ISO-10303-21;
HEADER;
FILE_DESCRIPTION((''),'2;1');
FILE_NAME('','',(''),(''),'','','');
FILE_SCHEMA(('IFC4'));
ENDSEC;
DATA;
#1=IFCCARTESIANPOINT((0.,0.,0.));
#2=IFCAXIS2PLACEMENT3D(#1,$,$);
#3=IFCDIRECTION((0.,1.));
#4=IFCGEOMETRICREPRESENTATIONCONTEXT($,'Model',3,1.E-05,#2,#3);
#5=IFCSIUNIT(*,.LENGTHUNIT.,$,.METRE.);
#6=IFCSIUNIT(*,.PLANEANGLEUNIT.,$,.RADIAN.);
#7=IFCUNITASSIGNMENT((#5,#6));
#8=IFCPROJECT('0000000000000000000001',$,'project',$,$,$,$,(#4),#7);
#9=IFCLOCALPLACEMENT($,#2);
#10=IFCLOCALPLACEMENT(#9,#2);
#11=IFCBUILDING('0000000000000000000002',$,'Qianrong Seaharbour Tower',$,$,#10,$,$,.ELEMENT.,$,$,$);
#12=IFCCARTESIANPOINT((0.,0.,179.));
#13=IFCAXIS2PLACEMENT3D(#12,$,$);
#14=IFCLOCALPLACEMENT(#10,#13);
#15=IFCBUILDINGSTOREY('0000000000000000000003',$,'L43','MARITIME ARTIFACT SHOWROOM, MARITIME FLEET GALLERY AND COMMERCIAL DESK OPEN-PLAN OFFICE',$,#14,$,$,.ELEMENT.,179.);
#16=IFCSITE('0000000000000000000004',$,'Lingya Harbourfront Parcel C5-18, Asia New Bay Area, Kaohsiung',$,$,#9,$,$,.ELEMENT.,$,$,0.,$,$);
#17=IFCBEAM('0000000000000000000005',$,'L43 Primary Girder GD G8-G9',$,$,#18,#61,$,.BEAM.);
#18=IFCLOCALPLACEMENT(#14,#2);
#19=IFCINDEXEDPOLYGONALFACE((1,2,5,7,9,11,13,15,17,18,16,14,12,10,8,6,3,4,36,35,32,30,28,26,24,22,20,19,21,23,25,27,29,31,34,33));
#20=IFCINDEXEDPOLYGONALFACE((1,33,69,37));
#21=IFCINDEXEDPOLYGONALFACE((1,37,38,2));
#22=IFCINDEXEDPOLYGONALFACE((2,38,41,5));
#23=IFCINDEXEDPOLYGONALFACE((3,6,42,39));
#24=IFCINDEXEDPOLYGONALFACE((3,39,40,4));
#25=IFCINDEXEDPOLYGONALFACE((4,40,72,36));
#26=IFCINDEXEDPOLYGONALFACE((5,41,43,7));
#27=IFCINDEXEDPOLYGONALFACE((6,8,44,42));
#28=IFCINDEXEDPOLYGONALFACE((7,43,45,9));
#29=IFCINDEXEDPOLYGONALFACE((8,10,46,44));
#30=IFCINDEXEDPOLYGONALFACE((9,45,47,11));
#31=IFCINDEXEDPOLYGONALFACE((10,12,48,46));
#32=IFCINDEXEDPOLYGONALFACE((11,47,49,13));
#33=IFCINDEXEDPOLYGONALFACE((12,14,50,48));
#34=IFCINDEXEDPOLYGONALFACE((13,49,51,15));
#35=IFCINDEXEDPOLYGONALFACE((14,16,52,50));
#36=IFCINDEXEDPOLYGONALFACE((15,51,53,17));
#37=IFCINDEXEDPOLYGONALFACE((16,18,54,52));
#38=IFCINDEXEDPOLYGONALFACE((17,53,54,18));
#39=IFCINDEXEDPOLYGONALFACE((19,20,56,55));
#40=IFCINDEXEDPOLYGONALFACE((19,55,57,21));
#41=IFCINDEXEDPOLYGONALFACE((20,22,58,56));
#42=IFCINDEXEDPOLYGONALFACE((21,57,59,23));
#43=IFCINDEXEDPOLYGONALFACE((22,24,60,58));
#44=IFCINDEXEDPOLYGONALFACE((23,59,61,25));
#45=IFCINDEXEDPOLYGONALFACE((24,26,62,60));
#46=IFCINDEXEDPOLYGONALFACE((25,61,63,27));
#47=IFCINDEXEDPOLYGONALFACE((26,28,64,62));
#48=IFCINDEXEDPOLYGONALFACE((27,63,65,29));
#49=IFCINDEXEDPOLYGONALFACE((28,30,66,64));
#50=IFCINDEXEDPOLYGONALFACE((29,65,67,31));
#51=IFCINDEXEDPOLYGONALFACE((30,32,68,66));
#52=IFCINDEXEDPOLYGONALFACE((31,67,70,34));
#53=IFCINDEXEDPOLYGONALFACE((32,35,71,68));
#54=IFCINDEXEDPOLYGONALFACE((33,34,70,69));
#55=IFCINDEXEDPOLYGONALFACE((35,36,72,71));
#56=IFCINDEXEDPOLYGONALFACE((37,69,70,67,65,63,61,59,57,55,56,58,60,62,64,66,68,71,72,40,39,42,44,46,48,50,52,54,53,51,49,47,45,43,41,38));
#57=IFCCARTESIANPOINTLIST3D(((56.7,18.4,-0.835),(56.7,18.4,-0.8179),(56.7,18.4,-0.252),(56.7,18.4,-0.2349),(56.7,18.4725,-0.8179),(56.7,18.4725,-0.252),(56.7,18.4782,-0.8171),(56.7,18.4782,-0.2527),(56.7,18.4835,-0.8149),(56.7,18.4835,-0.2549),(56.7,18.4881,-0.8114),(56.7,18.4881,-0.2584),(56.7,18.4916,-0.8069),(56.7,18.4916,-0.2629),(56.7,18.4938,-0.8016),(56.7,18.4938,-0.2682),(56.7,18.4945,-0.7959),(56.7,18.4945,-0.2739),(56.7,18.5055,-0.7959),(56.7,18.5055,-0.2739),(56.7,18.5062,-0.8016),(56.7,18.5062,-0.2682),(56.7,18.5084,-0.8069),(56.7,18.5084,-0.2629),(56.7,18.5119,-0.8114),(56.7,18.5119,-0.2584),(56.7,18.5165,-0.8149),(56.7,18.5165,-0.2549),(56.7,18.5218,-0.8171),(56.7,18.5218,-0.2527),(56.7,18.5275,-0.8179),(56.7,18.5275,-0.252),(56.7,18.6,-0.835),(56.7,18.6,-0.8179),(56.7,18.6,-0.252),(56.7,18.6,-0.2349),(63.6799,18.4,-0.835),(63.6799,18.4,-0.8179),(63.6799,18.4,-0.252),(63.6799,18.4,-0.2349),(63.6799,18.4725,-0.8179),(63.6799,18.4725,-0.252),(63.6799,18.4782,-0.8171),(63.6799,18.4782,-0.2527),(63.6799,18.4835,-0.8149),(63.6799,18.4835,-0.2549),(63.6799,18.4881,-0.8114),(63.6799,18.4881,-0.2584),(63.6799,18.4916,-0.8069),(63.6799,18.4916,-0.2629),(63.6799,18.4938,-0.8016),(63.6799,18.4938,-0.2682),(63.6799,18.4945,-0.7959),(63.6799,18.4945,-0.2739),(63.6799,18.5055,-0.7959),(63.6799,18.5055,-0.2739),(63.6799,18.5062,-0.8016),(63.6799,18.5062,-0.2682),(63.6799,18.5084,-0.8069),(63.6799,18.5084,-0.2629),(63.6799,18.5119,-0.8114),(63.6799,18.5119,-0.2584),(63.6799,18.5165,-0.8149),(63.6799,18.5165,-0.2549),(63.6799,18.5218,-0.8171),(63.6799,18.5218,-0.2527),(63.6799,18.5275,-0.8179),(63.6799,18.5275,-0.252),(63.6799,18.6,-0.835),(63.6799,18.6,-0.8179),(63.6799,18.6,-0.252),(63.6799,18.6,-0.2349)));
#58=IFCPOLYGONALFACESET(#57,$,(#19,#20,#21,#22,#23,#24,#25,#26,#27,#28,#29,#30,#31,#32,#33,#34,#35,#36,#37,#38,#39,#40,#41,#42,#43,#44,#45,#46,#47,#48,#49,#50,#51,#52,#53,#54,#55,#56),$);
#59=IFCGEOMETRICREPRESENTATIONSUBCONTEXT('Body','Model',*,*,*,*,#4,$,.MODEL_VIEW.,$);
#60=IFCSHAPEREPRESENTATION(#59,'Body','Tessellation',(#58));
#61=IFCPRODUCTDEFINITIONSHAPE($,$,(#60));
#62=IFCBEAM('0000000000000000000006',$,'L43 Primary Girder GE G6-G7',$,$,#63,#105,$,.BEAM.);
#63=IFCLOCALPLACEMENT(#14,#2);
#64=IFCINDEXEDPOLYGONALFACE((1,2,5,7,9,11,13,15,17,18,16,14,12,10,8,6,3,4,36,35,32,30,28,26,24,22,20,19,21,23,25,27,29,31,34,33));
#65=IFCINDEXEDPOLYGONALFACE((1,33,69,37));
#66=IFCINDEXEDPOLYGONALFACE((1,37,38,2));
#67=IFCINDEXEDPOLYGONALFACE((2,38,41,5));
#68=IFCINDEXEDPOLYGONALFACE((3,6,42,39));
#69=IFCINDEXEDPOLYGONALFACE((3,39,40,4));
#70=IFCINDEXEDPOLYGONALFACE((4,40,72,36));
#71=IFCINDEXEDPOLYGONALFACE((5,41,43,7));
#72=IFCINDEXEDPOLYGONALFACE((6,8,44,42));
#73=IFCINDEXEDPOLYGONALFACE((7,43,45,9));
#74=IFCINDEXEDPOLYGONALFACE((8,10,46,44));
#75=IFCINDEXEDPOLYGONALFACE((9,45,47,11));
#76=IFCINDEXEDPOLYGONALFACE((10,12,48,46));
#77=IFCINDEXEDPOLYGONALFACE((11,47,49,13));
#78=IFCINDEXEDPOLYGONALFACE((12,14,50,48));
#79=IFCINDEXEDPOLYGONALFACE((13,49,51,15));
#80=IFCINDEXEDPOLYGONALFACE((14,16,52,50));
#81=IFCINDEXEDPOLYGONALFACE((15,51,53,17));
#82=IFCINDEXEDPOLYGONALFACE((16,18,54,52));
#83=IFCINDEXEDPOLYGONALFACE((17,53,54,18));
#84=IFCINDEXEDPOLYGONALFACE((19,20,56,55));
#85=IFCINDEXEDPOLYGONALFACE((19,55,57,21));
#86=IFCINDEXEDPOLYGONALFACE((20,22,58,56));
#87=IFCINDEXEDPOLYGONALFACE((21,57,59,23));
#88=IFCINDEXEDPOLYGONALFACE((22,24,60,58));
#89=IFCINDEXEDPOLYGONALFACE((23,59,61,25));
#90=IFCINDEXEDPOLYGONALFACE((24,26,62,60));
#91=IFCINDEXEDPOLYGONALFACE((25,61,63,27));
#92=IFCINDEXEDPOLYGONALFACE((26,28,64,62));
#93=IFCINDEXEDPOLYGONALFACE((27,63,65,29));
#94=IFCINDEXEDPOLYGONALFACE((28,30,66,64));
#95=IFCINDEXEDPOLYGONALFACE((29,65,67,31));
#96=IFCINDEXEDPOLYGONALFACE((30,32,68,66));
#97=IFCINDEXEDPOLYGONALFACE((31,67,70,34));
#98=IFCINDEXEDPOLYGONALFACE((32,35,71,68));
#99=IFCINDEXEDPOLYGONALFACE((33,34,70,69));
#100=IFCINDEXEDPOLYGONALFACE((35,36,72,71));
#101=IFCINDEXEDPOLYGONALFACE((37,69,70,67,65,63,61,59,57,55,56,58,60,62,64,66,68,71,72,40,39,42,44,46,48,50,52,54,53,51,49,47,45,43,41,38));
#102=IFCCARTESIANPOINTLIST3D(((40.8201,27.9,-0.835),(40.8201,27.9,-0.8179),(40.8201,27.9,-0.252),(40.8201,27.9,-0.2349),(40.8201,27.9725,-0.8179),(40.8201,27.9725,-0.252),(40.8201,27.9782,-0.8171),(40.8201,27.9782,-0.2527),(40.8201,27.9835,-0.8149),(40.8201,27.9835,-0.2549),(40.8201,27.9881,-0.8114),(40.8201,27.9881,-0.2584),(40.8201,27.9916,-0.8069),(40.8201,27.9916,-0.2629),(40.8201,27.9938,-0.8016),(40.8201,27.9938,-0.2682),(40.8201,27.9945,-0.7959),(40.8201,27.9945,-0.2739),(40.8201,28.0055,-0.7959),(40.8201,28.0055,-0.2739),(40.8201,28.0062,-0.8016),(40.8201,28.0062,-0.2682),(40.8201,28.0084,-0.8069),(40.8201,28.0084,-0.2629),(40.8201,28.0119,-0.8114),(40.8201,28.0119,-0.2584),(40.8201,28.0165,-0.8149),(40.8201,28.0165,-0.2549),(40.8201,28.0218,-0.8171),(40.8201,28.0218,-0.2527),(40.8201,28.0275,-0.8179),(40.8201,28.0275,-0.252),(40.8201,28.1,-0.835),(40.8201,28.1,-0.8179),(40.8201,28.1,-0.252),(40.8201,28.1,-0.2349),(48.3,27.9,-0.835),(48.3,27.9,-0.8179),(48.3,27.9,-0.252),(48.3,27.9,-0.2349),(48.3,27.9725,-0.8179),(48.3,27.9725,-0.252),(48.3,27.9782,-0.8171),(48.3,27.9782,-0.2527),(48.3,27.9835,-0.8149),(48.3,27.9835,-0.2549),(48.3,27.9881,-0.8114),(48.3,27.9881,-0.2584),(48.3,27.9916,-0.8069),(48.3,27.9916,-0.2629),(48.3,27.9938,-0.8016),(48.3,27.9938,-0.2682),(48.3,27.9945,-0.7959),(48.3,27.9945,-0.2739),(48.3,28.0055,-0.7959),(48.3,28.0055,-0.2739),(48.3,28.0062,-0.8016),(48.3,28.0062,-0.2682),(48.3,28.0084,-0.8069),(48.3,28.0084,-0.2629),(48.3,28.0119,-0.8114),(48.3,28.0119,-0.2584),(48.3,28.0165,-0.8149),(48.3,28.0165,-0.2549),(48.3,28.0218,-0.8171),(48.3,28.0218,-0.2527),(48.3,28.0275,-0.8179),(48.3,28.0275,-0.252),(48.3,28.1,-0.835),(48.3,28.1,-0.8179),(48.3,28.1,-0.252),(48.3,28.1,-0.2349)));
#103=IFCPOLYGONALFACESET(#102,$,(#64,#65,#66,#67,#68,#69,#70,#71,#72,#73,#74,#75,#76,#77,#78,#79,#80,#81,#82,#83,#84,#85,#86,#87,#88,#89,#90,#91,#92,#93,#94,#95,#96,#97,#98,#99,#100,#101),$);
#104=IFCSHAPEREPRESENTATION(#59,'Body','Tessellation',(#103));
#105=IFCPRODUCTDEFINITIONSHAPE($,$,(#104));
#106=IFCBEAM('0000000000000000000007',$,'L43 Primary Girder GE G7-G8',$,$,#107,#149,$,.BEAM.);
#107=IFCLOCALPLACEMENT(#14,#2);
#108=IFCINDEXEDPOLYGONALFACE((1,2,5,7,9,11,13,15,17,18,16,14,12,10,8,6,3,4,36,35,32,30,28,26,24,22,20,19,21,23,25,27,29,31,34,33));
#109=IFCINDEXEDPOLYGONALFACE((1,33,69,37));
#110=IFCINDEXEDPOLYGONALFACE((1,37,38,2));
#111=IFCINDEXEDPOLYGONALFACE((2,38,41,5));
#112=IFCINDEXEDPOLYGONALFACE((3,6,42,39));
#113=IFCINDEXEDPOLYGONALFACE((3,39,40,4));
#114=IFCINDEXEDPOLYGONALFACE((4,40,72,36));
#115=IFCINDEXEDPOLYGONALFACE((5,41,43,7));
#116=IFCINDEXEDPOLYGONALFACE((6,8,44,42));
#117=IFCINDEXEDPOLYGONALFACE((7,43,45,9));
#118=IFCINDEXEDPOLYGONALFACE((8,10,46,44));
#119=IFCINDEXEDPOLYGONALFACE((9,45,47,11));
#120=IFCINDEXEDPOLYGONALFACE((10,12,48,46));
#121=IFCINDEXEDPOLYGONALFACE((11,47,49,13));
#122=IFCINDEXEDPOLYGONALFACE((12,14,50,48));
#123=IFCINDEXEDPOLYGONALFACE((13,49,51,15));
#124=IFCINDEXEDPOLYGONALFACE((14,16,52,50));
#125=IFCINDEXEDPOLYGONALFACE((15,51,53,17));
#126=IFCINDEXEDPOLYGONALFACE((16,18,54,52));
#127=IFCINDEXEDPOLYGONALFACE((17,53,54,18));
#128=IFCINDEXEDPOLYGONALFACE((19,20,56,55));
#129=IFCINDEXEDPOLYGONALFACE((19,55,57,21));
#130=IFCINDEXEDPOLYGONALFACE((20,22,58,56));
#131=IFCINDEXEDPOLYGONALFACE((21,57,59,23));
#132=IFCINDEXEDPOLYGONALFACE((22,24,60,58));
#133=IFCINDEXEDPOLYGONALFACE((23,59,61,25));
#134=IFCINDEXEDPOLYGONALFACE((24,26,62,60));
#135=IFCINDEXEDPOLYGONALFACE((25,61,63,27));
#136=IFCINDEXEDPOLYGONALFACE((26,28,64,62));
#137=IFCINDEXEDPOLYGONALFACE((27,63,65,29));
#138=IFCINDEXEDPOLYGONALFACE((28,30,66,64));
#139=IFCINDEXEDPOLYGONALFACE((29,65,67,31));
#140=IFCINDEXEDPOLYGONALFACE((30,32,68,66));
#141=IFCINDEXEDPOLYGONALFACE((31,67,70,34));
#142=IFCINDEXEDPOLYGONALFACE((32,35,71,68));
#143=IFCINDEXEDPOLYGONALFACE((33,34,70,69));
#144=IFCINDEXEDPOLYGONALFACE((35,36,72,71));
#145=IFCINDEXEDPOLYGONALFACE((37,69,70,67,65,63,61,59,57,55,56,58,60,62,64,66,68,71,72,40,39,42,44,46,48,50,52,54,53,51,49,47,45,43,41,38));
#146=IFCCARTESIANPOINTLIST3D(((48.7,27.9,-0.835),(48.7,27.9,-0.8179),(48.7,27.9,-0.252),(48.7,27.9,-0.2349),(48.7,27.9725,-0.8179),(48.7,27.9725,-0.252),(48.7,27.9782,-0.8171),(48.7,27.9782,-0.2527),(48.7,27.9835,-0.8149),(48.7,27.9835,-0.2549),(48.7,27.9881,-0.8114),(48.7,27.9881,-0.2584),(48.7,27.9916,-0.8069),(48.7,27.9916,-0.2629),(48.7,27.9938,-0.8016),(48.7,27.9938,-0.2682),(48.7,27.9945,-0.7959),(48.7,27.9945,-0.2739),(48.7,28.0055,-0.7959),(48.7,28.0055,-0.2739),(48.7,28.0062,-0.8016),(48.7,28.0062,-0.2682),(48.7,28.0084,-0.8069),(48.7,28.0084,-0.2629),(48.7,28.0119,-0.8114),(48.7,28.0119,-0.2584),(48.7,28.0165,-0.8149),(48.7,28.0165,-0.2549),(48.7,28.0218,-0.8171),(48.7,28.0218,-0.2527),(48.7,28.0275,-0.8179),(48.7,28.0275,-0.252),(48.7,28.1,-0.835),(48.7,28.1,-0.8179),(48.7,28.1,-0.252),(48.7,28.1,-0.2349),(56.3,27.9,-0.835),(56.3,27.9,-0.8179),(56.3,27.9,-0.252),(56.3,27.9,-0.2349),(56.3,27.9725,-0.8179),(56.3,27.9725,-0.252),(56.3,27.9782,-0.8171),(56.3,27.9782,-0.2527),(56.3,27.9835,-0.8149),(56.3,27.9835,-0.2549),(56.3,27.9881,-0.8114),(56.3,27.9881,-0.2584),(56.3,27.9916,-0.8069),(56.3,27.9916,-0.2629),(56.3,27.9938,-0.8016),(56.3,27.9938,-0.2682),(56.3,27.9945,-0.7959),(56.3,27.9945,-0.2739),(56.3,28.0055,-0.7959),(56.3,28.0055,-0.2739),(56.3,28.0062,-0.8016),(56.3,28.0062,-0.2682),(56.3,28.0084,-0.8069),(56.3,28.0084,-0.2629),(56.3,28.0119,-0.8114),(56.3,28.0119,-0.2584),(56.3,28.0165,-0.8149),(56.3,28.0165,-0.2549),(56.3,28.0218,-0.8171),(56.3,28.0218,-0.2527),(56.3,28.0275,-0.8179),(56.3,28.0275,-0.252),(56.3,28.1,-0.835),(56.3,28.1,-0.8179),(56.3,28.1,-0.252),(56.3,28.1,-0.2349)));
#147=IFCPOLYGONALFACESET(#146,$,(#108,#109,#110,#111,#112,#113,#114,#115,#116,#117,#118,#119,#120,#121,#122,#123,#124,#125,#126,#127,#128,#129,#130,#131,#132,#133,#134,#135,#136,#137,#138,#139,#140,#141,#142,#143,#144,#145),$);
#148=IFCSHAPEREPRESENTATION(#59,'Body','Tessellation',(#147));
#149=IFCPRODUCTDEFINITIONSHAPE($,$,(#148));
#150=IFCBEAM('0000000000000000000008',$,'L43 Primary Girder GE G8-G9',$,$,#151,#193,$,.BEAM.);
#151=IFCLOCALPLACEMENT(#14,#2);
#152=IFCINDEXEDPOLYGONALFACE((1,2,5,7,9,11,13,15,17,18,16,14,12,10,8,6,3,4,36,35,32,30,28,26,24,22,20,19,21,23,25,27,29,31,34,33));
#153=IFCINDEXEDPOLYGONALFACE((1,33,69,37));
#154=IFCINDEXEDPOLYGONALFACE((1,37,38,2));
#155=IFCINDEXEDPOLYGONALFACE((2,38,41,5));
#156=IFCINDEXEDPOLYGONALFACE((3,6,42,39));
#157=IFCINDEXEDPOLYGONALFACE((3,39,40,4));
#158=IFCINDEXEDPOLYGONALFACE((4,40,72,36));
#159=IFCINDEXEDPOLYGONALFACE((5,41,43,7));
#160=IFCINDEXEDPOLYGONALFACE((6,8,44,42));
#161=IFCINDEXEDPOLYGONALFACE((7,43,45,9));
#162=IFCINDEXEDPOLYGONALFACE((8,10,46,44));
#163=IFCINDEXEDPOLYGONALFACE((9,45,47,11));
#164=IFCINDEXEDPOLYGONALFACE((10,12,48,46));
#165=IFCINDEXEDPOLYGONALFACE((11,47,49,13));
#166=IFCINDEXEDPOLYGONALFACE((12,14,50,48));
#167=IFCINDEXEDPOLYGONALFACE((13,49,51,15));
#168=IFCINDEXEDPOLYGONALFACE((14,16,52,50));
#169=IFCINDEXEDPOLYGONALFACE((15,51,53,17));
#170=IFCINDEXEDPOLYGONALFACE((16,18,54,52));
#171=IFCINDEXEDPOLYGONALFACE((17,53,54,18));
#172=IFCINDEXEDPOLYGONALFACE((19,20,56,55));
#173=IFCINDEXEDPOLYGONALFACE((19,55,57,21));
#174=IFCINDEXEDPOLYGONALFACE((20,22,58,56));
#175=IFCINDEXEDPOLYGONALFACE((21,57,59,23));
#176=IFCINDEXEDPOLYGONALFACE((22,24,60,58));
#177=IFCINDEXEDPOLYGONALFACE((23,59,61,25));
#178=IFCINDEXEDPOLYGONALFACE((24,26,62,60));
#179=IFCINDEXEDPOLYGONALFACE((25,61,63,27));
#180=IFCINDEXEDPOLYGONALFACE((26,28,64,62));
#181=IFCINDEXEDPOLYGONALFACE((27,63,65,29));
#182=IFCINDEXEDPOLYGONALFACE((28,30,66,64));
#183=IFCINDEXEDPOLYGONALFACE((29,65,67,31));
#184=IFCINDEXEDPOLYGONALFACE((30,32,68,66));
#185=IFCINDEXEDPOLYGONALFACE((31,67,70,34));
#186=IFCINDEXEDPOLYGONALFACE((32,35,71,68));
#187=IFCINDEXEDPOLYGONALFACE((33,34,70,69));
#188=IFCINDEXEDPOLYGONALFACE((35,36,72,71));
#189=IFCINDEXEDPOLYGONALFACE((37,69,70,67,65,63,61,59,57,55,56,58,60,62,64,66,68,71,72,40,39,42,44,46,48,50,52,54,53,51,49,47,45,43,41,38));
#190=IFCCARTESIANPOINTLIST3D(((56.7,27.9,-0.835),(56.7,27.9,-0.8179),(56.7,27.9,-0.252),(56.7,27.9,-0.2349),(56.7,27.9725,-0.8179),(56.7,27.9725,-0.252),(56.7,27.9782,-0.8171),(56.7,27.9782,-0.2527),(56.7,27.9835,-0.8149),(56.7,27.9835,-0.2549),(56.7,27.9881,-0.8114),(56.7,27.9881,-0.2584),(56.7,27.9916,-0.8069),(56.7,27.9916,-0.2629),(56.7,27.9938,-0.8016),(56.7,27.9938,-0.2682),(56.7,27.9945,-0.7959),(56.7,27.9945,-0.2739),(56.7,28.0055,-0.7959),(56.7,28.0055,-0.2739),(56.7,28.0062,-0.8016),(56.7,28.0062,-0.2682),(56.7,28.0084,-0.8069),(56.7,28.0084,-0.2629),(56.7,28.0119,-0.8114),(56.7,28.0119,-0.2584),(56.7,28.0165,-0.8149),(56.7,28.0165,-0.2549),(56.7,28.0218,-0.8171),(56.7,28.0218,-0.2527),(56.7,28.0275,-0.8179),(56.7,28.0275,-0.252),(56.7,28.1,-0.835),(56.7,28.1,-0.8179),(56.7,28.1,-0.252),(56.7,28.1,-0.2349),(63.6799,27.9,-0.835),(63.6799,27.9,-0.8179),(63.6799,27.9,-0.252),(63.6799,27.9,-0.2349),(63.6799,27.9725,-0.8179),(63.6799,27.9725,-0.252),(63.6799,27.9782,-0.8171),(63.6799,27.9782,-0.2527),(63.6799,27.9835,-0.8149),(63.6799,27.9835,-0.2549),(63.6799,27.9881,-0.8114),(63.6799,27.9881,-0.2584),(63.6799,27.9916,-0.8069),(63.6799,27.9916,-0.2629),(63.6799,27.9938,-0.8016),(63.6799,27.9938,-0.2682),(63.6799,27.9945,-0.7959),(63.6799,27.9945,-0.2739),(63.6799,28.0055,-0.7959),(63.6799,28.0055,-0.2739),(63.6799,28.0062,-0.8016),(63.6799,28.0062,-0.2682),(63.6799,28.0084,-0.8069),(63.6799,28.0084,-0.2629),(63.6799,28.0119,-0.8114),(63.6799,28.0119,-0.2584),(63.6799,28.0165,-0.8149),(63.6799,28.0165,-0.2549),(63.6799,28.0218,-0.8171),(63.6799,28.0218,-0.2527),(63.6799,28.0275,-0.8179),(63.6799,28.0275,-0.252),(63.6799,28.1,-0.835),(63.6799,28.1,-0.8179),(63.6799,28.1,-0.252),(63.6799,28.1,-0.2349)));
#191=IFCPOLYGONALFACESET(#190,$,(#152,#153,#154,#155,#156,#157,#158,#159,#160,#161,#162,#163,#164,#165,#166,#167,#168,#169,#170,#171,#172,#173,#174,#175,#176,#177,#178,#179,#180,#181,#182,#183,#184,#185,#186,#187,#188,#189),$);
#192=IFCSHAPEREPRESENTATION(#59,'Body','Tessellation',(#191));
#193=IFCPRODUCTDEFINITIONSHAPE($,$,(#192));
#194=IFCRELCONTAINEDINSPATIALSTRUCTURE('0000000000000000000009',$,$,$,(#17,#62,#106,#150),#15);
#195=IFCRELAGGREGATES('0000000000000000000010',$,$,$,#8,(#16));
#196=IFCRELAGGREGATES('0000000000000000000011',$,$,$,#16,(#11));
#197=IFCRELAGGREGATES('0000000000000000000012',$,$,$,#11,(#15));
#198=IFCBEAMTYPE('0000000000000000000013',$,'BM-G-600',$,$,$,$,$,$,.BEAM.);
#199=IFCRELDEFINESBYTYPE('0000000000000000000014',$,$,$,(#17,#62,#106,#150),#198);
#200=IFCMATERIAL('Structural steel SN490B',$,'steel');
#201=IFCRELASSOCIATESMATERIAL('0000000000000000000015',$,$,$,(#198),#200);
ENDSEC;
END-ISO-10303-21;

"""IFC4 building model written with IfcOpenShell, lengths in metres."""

from ifc_helpers import new_model, si_unit, direction, frame, origin, origin_2d, place, context, subcontext, project, spatial, i_section, extrude, material, material_profile, profile_set, type_object, element, save


model = new_model("IFC4")

# Units and contexts
model_context = context("Model", 3, precision=1e-05, world=origin(), true_north=direction((0.0, 1.0)))
body_context = subcontext(model_context, "Body", "Model", "MODEL_VIEW")
ifc_project = project(units=[si_unit("LENGTHUNIT", "METRE"), si_unit("PLANEANGLEUNIT", "RADIAN")], contexts=[model_context])

# Site, building, storey
site_placement = place(None, origin())
site = spatial("IfcSite", under=ifc_project, at=site_placement, Name="Lingya Harbourfront Parcel C5-18, Asia New Bay Area, Kaohsiung", CompositionType="ELEMENT", RefElevation=0.0)
building_placement = place(site_placement, origin())
building = spatial("IfcBuilding", under=site, at=building_placement, Name="Qianrong Seaharbour Tower", CompositionType="ELEMENT")
storey_placement = place(building_placement, frame((0.0, 0.0, 179.0)))
storey = spatial("IfcBuildingStorey", under=building, at=storey_placement, Name="L43", Description="MARITIME ARTIFACT SHOWROOM, MARITIME FLEET GALLERY AND COMMERCIAL DESK OPEN-PLAN OFFICE", CompositionType="ELEMENT", Elevation=179.0)

# Shared definitions
ifc_material_1 = material(Name="Structural steel SN490B", Category="steel")

# Beams
ifc_material_profile_1 = material_profile(ifc_material_1, i_section(OverallWidth=0.2, OverallDepth=0.6001, WebThickness=0.011, FlangeThickness=0.0171, FilletRadius=0.022, at=origin_2d()), Name="H600x200x11x17")
ifc_profile_set_1 = profile_set([ifc_material_profile_1], Name="Structural steel SN490B")
beam_type_1 = type_object("IfcBeamType", Name="BM-G-600", PredefinedType="BEAM", material=ifc_profile_set_1)
beam_1_placement = place(storey_placement, frame((56.7, 18.5, -0.5349), z_axis=(1.0, 0.0, 0.0), x_axis=(0.0, 1.0, 0.0)))
element("IfcBeam", 1, at=beam_1_placement, inside=storey, type_object=beam_type_1, Name="L43 Primary Girder GD G8-G9", PredefinedType="BEAM", context=body_context, shape_type="SweptSolid", body=[
    extrude(i_section(OverallWidth=0.2, OverallDepth=0.6001, WebThickness=0.011, FlangeThickness=0.0171, FilletRadius=0.022, at=origin_2d()), origin(), (0.0, 0.0, 1.0), 6.98),
])
beam_2_placement = place(storey_placement, frame((40.8201, 28.0, -0.5349), z_axis=(1.0, 0.0, 0.0), x_axis=(0.0, 1.0, 0.0)))
element("IfcBeam", 2, at=beam_2_placement, inside=storey, type_object=beam_type_1, Name="L43 Primary Girder GE G6-G7", PredefinedType="BEAM", context=body_context, shape_type="SweptSolid", body=[
    extrude(i_section(OverallWidth=0.2, OverallDepth=0.6001, WebThickness=0.011, FlangeThickness=0.0171, FilletRadius=0.022, at=origin_2d()), origin(), (0.0, 0.0, 1.0), 7.48),
])
beam_3_placement = place(storey_placement, frame((48.7, 28.0, -0.5349), z_axis=(1.0, 0.0, 0.0), x_axis=(0.0, 1.0, 0.0)))
element("IfcBeam", 3, at=beam_3_placement, inside=storey, type_object=beam_type_1, Name="L43 Primary Girder GE G7-G8", PredefinedType="BEAM", context=body_context, shape_type="SweptSolid", body=[
    extrude(i_section(OverallWidth=0.2, OverallDepth=0.6001, WebThickness=0.011, FlangeThickness=0.0171, FilletRadius=0.022, at=origin_2d()), origin(), (0.0, 0.0, 1.0), 7.6001),
])
beam_4_placement = place(storey_placement, frame((56.7, 28.0, -0.5349), z_axis=(1.0, 0.0, 0.0), x_axis=(0.0, 1.0, 0.0)))
element("IfcBeam", 4, at=beam_4_placement, inside=storey, type_object=beam_type_1, Name="L43 Primary Girder GE G8-G9", PredefinedType="BEAM", context=body_context, shape_type="SweptSolid", body=[
    extrude(i_section(OverallWidth=0.2, OverallDepth=0.6001, WebThickness=0.011, FlangeThickness=0.0171, FilletRadius=0.022, at=origin_2d()), origin(), (0.0, 0.0, 1.0), 6.98),
])

save(model, "model.ifc")
